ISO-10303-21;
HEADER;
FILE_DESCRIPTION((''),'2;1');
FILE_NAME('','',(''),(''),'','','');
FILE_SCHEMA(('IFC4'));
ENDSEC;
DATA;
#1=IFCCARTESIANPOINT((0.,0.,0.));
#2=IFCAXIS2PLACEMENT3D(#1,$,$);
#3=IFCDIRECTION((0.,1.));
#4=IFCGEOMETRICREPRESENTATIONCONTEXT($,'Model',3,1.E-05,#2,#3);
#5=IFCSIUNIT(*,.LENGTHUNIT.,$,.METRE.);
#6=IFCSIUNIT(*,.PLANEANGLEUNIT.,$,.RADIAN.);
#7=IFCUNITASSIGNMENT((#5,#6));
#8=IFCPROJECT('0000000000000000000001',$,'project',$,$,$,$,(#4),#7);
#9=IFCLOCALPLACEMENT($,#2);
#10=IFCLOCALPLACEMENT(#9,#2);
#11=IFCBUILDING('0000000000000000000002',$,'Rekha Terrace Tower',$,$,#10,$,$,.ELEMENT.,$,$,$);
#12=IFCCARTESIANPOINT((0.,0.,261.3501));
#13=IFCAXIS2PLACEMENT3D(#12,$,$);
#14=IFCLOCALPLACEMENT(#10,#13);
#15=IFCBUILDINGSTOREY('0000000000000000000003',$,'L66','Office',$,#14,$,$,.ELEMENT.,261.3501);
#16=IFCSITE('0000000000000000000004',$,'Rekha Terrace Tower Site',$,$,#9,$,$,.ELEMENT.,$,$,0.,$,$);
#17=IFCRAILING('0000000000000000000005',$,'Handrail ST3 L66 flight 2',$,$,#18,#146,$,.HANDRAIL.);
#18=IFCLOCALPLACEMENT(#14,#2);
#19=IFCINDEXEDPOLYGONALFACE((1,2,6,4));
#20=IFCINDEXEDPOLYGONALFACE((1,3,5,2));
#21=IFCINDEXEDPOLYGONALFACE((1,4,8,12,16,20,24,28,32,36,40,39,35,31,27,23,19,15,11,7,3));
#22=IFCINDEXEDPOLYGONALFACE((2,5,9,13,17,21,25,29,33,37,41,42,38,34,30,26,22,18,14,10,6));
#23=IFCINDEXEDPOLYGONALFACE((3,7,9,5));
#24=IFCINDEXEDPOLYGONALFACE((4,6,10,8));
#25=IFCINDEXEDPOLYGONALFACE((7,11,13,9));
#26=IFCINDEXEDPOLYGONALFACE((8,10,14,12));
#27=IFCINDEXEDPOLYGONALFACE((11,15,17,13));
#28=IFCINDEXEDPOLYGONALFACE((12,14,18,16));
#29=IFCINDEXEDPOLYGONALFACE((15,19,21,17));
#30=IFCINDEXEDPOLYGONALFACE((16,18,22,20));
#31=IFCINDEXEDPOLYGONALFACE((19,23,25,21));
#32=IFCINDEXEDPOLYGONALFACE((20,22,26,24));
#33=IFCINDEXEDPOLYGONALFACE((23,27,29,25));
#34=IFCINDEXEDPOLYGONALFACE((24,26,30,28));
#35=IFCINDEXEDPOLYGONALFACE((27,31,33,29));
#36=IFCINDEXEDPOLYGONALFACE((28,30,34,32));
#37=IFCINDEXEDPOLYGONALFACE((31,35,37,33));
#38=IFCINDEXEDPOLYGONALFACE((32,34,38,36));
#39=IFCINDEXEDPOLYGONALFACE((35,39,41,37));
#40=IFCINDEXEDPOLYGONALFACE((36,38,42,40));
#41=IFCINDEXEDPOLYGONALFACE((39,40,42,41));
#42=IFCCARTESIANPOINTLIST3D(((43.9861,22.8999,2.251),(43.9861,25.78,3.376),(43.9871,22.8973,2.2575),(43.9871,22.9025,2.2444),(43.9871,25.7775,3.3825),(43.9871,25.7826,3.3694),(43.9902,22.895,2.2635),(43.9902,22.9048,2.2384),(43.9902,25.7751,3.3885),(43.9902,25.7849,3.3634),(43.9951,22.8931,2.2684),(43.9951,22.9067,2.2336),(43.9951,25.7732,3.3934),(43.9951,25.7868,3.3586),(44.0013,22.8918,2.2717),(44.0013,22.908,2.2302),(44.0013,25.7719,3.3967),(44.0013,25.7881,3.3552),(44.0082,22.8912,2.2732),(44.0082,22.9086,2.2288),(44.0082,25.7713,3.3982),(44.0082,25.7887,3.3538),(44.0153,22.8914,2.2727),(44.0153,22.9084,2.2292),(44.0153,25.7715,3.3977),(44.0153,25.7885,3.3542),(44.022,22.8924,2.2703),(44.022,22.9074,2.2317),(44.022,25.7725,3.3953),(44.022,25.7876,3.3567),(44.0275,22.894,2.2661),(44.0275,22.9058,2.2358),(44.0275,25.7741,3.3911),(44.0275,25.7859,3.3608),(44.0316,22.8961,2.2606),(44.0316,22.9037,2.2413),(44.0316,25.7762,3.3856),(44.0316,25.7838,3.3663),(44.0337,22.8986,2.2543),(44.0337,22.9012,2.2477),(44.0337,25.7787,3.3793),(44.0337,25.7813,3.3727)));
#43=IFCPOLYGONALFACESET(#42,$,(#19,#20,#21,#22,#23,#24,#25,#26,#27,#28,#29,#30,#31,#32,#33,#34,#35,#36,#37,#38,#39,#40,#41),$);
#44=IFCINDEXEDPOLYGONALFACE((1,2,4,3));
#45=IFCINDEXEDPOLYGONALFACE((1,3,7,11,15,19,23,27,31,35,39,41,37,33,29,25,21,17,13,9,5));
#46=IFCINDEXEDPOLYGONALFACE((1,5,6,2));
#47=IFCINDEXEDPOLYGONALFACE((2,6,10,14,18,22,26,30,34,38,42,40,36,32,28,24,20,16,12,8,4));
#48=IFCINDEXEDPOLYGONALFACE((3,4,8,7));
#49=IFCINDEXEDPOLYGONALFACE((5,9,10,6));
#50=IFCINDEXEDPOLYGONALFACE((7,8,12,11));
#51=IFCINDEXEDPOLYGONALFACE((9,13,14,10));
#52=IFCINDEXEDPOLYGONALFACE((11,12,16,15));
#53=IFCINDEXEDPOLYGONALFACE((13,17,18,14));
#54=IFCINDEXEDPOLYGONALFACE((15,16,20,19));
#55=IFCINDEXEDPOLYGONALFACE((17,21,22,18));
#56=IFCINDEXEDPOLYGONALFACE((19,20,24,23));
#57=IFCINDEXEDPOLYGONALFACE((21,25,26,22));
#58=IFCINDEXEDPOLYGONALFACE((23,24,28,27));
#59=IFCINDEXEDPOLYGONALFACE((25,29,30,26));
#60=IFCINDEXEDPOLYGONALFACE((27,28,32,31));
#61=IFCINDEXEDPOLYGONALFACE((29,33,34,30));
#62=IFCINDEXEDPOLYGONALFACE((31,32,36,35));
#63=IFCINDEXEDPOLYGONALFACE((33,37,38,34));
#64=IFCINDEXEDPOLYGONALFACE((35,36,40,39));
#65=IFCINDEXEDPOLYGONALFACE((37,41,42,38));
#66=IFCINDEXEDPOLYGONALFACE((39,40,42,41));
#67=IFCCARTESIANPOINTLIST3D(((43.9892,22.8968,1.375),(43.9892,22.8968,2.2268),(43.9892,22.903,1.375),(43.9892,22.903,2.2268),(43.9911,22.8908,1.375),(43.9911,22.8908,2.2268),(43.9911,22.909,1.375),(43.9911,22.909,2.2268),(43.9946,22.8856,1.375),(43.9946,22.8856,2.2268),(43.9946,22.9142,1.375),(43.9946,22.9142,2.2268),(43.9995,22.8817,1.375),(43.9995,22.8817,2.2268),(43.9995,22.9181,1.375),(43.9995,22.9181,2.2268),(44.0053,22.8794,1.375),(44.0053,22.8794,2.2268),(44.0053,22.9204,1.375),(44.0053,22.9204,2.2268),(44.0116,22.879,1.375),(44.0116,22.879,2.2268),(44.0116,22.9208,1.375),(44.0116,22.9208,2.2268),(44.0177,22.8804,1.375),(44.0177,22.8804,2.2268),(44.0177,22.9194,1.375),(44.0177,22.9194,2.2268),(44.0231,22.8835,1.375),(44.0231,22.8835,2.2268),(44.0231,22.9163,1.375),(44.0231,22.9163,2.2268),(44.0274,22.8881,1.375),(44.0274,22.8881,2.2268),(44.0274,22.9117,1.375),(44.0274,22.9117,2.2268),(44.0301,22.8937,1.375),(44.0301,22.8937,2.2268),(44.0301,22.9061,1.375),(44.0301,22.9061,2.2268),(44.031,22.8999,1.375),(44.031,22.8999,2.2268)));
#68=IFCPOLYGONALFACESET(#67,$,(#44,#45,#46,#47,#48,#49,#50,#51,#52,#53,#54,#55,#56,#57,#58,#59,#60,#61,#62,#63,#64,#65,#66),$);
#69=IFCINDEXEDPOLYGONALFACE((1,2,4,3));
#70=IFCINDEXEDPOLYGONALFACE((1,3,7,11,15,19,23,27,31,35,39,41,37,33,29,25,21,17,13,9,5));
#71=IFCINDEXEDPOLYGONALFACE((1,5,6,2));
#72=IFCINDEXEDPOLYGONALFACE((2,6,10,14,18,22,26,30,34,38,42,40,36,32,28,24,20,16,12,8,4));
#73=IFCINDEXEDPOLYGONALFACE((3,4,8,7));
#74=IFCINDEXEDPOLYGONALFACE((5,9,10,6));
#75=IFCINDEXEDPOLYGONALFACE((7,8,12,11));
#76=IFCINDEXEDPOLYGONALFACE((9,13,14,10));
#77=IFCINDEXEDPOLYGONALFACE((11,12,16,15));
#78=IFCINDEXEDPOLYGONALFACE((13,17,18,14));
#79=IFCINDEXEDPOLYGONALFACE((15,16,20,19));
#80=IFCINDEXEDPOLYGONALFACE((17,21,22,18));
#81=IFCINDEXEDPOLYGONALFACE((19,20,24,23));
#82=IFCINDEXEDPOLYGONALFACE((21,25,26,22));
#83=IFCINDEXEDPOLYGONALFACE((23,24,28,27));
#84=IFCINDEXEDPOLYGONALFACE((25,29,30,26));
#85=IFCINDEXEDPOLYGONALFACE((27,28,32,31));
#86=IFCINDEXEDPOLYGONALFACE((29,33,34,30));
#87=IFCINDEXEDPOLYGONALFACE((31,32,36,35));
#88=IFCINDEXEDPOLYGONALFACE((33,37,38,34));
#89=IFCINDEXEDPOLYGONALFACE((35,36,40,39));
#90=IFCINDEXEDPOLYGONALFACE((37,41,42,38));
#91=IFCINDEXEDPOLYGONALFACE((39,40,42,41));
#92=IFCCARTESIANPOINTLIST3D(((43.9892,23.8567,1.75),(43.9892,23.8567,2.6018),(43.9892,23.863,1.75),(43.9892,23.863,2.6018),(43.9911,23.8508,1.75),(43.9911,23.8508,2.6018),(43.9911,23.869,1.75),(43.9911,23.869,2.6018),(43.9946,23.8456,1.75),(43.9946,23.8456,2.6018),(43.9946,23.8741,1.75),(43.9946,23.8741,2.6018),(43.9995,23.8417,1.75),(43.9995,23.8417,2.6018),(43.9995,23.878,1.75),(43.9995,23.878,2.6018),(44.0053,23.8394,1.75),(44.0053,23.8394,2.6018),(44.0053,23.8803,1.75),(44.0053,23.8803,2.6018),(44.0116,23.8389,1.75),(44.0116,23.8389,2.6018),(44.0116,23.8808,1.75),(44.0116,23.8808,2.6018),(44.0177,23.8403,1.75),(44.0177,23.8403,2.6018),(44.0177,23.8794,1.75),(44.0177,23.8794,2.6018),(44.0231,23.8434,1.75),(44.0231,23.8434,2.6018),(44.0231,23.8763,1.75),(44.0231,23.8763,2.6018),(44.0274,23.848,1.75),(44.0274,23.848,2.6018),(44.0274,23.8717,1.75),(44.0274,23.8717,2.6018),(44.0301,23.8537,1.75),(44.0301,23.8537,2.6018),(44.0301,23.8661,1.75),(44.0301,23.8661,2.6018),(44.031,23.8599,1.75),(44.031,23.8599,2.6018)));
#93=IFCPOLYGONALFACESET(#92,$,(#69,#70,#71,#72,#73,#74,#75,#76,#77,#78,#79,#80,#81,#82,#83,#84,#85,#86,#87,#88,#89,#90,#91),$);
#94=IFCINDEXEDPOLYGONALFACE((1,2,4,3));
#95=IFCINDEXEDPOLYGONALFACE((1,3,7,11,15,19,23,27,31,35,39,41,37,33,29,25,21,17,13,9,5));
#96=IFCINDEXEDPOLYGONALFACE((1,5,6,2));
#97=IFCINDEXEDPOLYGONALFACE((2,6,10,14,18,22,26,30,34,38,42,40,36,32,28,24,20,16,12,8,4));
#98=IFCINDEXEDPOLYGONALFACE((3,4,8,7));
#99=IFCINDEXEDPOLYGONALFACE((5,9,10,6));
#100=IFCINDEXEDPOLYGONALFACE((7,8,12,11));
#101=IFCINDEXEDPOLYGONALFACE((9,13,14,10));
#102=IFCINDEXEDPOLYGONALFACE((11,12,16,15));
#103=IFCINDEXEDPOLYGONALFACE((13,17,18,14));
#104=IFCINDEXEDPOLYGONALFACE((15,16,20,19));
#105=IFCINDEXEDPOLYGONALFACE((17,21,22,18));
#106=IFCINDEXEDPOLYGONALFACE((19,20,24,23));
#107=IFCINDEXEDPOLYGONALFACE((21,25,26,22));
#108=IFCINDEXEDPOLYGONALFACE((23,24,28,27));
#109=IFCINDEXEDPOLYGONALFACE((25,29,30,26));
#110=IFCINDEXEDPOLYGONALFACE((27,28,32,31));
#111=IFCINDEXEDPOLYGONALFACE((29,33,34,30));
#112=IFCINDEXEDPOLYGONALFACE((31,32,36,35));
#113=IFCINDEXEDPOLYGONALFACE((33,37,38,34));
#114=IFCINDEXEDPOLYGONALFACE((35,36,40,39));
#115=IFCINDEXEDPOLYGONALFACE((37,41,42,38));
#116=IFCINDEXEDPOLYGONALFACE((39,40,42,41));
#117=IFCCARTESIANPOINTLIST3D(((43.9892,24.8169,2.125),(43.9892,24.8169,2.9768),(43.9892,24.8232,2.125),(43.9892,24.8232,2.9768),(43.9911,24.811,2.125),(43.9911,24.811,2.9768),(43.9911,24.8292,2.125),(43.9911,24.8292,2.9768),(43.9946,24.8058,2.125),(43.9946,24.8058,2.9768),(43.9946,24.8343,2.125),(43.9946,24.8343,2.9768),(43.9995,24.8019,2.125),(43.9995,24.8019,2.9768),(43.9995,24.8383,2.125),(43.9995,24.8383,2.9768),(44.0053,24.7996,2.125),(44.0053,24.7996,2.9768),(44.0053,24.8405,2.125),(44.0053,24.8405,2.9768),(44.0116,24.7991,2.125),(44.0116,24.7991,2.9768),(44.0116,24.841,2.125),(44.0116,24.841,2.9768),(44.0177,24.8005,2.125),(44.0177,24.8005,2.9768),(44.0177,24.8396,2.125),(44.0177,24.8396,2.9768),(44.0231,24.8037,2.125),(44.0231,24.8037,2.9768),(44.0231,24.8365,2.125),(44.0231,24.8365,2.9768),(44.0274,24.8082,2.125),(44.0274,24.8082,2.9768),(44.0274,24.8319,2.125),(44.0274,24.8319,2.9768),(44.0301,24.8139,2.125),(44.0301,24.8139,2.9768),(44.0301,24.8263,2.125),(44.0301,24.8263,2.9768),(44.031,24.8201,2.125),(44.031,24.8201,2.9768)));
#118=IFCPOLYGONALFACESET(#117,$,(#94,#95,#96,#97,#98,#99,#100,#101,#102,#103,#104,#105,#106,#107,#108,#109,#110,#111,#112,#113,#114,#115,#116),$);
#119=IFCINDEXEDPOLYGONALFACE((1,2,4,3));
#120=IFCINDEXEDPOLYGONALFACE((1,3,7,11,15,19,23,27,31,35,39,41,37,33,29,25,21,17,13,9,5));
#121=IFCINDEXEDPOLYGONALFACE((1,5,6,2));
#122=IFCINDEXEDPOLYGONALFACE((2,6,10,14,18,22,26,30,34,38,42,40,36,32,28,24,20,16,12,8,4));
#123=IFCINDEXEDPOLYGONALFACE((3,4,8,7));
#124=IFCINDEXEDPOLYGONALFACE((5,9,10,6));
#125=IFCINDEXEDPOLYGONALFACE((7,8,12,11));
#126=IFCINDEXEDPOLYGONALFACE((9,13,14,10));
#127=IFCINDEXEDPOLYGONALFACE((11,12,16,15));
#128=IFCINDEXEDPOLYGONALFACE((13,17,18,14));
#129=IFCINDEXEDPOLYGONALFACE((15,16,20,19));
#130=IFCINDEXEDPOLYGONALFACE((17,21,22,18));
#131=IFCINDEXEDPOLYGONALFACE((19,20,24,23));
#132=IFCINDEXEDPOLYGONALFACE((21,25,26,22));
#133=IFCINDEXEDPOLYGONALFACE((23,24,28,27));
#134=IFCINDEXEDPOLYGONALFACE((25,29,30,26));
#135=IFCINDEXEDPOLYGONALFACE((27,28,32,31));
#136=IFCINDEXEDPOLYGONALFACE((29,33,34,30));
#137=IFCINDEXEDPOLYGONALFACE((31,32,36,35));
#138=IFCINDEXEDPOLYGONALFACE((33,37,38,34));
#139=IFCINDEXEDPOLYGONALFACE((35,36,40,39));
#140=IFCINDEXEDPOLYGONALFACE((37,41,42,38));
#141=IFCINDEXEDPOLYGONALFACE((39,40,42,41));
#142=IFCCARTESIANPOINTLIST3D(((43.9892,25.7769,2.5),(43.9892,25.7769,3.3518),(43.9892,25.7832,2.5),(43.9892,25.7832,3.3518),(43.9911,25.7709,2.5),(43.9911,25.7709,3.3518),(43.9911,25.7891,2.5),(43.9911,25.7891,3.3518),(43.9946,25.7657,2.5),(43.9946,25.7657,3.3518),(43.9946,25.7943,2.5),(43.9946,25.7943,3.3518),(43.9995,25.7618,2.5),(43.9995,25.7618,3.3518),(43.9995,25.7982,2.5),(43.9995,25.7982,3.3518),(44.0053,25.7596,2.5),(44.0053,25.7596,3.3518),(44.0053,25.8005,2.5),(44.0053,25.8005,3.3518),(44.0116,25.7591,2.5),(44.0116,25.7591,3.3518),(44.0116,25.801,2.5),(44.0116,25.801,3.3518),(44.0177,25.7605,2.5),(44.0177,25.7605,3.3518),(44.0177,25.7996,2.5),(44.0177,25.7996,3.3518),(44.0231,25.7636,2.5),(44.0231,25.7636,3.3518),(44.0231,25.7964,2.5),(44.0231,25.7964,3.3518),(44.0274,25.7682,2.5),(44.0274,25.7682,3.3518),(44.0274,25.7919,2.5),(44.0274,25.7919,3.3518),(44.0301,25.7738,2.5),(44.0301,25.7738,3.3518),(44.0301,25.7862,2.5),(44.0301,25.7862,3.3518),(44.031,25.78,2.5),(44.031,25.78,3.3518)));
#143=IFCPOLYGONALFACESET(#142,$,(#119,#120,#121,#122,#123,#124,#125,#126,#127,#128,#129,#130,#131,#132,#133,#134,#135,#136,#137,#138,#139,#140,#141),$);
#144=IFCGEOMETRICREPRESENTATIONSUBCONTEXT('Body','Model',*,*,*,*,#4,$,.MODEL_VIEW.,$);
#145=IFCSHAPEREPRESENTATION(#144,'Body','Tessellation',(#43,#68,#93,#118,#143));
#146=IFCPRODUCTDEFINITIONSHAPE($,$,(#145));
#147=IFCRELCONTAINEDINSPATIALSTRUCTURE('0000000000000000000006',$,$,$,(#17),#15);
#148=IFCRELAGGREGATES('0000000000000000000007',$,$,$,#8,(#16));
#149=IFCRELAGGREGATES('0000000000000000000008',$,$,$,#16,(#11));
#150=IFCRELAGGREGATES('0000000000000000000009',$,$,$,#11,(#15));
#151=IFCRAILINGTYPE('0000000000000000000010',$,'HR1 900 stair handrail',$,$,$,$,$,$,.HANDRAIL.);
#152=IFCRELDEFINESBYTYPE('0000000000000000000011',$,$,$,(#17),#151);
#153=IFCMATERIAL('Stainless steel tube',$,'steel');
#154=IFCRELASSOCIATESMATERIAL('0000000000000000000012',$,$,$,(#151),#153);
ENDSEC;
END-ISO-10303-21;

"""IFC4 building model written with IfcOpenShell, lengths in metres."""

from ifc_helpers import new_model, si_unit, direction, frame, origin, origin_2d, place, context, subcontext, project, spatial, circle, extrude, material, type_object, element, save


model = new_model("IFC4")

# Units and contexts
model_context = context("Model", 3, precision=1e-05, world=origin(), true_north=direction((0.0, 1.0)))
body_context = subcontext(model_context, "Body", "Model", "MODEL_VIEW")
ifc_project = project(units=[si_unit("LENGTHUNIT", "METRE"), si_unit("PLANEANGLEUNIT", "RADIAN")], contexts=[model_context])

# Site, building, storey
site_placement = place(None, origin())
site = spatial("IfcSite", under=ifc_project, at=site_placement, Name="Rekha Terrace Tower Site", CompositionType="ELEMENT", RefElevation=0.0)
building_placement = place(site_placement, origin())
building = spatial("IfcBuilding", under=site, at=building_placement, Name="Rekha Terrace Tower", CompositionType="ELEMENT")
storey_placement = place(building_placement, frame((0.0, 0.0, 261.3501)))
storey = spatial("IfcBuildingStorey", under=building, at=storey_placement, Name="L66", Description="Office", CompositionType="ELEMENT", Elevation=261.3501)

# Railing
ifc_material_1 = material(Name="Stainless steel tube", Category="steel")
railing_type_1 = type_object("IfcRailingType", Name="HR1 900 stair handrail", PredefinedType="HANDRAIL", material=ifc_material_1)
railing_1_placement = place(storey_placement, frame((44.01, 22.8999, 1.375)))
element("IfcRailing", 1, at=railing_1_placement, inside=storey, type_object=railing_type_1, Name="Handrail ST3 L66 flight 2", PredefinedType="HANDRAIL", context=body_context, shape_type="SweptSolid", body=[
    extrude(circle(Radius=0.0239, at=origin_2d()), frame((0.0, 0.0, 0.876), z_axis=(0.0, 0.931463, 0.363837), x_axis=(-1.0, 0.0, 0.0)), (0.0, 0.0, 1.0), 3.092),
    extrude(circle(Radius=0.021, at=origin_2d()), origin(), (0.0, 0.0, 1.0), 0.8518),
    extrude(circle(Radius=0.021, at=origin_2d()), frame((0.0, 0.96, 0.375)), (0.0, 0.0, 1.0), 0.8518),
    extrude(circle(Radius=0.021, at=origin_2d()), frame((0.0, 1.9202, 0.75)), (0.0, 0.0, 1.0), 0.8518),
    extrude(circle(Radius=0.021, at=origin_2d()), frame((0.0, 2.8801, 1.125)), (0.0, 0.0, 1.0), 0.8518),
])

save(model, "model.ifc")
